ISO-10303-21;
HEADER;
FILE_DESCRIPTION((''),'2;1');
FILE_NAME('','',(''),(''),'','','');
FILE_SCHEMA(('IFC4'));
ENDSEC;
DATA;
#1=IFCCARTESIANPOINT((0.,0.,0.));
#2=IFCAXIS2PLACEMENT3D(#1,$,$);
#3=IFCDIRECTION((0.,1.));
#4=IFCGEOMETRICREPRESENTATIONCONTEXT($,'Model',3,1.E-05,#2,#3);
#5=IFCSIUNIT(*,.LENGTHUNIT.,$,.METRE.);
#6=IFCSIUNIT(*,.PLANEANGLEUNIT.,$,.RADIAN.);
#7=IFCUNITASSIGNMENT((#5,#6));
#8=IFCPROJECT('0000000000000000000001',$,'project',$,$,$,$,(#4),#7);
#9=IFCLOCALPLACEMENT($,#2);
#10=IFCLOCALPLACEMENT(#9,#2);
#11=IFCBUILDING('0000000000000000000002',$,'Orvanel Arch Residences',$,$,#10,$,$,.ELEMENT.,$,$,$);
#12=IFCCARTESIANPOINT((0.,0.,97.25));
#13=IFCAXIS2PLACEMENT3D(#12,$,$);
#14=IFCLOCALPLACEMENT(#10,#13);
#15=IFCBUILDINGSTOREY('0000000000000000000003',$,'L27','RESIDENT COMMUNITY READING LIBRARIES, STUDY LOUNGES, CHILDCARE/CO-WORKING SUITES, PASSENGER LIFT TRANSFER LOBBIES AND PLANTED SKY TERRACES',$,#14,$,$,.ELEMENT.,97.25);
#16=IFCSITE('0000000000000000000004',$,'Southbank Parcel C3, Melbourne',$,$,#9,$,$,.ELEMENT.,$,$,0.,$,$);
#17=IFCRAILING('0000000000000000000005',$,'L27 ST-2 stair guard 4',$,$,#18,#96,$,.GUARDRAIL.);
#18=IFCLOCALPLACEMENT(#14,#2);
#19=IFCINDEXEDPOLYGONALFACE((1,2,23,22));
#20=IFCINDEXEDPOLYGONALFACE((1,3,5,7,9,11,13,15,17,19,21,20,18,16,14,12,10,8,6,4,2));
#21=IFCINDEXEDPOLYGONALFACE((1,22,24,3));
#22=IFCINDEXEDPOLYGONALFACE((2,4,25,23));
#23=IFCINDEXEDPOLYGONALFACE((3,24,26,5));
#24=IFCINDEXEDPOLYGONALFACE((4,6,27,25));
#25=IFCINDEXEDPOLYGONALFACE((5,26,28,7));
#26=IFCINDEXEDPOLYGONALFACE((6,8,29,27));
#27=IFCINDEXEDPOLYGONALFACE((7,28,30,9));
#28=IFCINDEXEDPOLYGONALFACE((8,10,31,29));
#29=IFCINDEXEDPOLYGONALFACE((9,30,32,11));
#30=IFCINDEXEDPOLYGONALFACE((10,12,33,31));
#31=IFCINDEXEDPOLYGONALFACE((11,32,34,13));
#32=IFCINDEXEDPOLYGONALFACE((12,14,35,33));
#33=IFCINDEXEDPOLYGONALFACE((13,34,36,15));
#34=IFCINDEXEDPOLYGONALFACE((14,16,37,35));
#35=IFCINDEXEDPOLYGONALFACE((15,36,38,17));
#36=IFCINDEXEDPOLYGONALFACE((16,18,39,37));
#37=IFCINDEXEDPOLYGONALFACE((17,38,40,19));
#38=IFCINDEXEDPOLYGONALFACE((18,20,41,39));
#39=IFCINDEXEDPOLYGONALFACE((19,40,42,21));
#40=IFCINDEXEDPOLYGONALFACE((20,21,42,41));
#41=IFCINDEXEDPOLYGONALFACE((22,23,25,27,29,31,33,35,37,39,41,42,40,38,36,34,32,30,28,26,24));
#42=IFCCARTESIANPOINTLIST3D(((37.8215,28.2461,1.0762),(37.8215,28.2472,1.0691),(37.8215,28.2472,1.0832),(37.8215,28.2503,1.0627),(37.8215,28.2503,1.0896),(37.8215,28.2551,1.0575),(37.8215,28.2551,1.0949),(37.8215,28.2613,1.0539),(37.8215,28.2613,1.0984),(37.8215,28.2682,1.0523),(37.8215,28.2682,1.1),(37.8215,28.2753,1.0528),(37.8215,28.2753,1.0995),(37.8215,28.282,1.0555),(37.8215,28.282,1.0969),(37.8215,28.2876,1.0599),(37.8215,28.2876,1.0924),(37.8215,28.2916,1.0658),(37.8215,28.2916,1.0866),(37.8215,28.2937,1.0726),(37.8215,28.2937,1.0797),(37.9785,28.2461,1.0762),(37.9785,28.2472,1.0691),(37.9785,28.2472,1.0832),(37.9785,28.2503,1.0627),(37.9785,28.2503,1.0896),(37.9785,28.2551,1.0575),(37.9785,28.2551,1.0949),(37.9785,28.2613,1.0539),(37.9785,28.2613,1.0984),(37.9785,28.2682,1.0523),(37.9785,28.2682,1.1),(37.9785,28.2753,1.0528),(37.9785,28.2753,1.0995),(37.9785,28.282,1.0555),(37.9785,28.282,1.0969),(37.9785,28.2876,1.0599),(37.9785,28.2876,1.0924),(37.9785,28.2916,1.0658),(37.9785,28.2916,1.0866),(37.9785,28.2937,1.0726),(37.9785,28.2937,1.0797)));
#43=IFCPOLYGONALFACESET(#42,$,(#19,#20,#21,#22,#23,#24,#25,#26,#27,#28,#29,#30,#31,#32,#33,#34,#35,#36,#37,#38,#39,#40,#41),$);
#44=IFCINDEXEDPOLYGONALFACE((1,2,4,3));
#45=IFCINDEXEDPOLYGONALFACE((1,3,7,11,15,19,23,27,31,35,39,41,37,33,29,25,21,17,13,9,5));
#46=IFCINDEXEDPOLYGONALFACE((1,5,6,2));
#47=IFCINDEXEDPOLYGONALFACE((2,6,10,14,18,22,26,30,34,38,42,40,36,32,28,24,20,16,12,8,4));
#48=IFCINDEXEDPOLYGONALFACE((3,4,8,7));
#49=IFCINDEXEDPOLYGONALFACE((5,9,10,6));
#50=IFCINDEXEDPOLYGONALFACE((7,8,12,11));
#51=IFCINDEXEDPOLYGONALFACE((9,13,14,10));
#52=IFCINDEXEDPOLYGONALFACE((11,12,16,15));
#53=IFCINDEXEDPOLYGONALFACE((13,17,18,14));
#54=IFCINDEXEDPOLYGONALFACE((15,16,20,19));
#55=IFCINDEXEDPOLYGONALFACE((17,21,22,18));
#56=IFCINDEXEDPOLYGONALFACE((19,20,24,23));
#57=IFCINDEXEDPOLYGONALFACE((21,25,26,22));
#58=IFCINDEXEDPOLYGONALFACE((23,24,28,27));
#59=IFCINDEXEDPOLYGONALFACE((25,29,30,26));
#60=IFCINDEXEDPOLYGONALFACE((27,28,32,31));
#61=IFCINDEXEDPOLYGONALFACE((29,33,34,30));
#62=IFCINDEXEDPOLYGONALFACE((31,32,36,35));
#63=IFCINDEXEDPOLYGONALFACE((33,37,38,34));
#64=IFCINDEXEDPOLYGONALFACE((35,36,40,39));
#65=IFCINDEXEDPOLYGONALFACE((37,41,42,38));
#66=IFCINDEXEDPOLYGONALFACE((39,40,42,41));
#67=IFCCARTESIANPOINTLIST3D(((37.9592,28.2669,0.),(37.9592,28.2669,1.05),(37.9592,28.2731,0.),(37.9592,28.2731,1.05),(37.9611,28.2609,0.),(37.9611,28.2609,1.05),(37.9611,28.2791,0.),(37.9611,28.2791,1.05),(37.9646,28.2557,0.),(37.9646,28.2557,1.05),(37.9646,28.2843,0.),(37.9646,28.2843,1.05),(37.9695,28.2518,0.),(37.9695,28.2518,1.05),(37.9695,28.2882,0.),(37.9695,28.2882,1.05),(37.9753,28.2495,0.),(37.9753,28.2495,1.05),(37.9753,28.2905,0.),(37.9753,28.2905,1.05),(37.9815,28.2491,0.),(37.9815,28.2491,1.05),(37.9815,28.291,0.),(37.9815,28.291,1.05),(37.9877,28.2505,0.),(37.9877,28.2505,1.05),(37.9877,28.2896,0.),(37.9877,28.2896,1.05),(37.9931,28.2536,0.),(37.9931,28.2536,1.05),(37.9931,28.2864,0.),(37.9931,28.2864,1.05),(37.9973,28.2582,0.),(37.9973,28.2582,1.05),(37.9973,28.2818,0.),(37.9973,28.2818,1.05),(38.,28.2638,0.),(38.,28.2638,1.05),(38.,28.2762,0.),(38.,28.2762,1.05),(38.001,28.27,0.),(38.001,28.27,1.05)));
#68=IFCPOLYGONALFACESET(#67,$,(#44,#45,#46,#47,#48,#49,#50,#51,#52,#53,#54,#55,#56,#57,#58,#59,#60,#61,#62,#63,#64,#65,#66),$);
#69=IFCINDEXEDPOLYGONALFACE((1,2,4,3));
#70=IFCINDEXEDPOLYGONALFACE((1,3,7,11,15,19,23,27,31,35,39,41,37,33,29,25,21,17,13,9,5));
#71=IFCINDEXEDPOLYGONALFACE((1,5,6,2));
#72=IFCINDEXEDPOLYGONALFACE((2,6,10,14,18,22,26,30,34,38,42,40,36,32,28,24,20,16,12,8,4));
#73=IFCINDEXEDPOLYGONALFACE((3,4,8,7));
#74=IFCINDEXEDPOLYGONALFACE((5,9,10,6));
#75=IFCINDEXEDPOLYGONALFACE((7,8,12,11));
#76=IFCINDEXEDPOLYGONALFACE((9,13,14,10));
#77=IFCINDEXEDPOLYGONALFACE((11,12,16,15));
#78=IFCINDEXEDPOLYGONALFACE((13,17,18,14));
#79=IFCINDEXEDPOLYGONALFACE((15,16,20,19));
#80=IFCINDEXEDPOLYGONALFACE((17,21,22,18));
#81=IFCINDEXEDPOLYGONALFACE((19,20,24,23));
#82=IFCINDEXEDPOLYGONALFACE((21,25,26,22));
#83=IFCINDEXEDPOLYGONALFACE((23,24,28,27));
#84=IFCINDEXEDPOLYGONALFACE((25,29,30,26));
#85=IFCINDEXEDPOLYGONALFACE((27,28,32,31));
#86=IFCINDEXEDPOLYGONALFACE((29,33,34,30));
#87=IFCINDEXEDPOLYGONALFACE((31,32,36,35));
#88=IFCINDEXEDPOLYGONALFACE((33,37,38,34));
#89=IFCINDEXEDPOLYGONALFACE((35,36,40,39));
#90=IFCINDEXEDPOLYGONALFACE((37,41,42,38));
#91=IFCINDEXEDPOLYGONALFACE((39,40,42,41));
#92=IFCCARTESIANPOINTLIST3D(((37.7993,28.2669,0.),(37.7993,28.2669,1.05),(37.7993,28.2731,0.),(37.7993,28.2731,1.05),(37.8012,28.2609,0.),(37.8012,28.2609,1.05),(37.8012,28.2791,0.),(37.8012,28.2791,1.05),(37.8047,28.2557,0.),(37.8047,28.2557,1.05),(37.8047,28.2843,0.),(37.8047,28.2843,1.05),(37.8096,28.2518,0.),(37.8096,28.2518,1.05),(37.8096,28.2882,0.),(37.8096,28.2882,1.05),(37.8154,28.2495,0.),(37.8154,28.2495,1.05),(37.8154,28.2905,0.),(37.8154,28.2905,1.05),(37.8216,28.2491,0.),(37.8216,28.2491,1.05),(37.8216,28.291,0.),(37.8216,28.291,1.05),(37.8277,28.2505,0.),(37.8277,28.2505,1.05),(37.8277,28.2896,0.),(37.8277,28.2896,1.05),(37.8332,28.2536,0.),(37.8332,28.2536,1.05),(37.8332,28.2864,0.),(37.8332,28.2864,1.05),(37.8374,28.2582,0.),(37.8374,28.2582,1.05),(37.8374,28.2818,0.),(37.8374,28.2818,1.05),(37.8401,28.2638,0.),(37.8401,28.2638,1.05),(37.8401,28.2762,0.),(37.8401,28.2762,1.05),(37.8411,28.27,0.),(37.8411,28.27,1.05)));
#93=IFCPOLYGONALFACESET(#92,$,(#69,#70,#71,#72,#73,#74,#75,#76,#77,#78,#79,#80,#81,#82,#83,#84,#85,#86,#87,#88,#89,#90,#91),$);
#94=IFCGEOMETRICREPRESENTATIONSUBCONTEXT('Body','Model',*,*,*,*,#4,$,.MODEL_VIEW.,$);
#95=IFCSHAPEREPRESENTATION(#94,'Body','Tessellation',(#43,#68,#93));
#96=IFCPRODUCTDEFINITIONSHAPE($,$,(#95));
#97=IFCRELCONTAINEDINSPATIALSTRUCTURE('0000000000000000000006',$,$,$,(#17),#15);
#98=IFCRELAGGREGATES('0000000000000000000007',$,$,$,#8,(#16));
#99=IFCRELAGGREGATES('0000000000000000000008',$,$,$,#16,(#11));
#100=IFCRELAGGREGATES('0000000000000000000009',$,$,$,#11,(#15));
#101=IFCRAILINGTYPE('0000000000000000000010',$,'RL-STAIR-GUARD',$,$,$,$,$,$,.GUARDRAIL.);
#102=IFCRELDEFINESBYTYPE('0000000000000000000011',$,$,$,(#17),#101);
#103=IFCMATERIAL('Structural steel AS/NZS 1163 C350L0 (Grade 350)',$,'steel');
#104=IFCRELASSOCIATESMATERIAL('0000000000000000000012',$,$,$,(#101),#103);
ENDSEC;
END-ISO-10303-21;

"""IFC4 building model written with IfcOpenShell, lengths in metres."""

from ifc_helpers import new_model, si_unit, direction, frame, origin, origin_2d, place, context, subcontext, project, spatial, circle, extrude, material, type_object, element, save


model = new_model("IFC4")

# Units and contexts
model_context = context("Model", 3, precision=1e-05, world=origin(), true_north=direction((0.0, 1.0)))
body_context = subcontext(model_context, "Body", "Model", "MODEL_VIEW")
ifc_project = project(units=[si_unit("LENGTHUNIT", "METRE"), si_unit("PLANEANGLEUNIT", "RADIAN")], contexts=[model_context])

# Site, building, storey
site_placement = place(None, origin())
site = spatial("IfcSite", under=ifc_project, at=site_placement, Name="Southbank Parcel C3, Melbourne", CompositionType="ELEMENT", RefElevation=0.0)
building_placement = place(site_placement, origin())
building = spatial("IfcBuilding", under=site, at=building_placement, Name="Orvanel Arch Residences", CompositionType="ELEMENT")
storey_placement = place(building_placement, frame((0.0, 0.0, 97.25)))
storey = spatial("IfcBuildingStorey", under=building, at=storey_placement, Name="L27", Description="RESIDENT COMMUNITY READING LIBRARIES, STUDY LOUNGES, CHILDCARE/CO-WORKING SUITES, PASSENGER LIFT TRANSFER LOBBIES AND PLANTED SKY TERRACES", CompositionType="ELEMENT", Elevation=97.25)

# Railing
ifc_material_1 = material(Name="Structural steel AS/NZS 1163 C350L0 (Grade 350)", Category="steel")
railing_type_1 = type_object("IfcRailingType", Name="RL-STAIR-GUARD", PredefinedType="GUARDRAIL", material=ifc_material_1)
railing_1_placement = place(storey_placement, frame((37.98, 28.27, 0.0)))
element("IfcRailing", 1, at=railing_1_placement, inside=storey, type_object=railing_type_1, Name="L27 ST-2 stair guard 4", PredefinedType="GUARDRAIL", context=body_context, shape_type="SweptSolid", body=[
    extrude(circle(Radius=0.0239, at=origin_2d()), frame((-0.0015, 0.0, 1.0762), z_axis=(-1.0, 0.0, 0.0), x_axis=(0.0, -1.0, 0.0)), (0.0, 0.0, 1.0), 0.157),
    extrude(circle(Radius=0.021, at=origin_2d()), origin(), (0.0, 0.0, 1.0), 1.05),
    extrude(circle(Radius=0.021, at=origin_2d()), frame((-0.1599, 0.0, 0.0)), (0.0, 0.0, 1.0), 1.05),
])

save(model, "model.ifc")
